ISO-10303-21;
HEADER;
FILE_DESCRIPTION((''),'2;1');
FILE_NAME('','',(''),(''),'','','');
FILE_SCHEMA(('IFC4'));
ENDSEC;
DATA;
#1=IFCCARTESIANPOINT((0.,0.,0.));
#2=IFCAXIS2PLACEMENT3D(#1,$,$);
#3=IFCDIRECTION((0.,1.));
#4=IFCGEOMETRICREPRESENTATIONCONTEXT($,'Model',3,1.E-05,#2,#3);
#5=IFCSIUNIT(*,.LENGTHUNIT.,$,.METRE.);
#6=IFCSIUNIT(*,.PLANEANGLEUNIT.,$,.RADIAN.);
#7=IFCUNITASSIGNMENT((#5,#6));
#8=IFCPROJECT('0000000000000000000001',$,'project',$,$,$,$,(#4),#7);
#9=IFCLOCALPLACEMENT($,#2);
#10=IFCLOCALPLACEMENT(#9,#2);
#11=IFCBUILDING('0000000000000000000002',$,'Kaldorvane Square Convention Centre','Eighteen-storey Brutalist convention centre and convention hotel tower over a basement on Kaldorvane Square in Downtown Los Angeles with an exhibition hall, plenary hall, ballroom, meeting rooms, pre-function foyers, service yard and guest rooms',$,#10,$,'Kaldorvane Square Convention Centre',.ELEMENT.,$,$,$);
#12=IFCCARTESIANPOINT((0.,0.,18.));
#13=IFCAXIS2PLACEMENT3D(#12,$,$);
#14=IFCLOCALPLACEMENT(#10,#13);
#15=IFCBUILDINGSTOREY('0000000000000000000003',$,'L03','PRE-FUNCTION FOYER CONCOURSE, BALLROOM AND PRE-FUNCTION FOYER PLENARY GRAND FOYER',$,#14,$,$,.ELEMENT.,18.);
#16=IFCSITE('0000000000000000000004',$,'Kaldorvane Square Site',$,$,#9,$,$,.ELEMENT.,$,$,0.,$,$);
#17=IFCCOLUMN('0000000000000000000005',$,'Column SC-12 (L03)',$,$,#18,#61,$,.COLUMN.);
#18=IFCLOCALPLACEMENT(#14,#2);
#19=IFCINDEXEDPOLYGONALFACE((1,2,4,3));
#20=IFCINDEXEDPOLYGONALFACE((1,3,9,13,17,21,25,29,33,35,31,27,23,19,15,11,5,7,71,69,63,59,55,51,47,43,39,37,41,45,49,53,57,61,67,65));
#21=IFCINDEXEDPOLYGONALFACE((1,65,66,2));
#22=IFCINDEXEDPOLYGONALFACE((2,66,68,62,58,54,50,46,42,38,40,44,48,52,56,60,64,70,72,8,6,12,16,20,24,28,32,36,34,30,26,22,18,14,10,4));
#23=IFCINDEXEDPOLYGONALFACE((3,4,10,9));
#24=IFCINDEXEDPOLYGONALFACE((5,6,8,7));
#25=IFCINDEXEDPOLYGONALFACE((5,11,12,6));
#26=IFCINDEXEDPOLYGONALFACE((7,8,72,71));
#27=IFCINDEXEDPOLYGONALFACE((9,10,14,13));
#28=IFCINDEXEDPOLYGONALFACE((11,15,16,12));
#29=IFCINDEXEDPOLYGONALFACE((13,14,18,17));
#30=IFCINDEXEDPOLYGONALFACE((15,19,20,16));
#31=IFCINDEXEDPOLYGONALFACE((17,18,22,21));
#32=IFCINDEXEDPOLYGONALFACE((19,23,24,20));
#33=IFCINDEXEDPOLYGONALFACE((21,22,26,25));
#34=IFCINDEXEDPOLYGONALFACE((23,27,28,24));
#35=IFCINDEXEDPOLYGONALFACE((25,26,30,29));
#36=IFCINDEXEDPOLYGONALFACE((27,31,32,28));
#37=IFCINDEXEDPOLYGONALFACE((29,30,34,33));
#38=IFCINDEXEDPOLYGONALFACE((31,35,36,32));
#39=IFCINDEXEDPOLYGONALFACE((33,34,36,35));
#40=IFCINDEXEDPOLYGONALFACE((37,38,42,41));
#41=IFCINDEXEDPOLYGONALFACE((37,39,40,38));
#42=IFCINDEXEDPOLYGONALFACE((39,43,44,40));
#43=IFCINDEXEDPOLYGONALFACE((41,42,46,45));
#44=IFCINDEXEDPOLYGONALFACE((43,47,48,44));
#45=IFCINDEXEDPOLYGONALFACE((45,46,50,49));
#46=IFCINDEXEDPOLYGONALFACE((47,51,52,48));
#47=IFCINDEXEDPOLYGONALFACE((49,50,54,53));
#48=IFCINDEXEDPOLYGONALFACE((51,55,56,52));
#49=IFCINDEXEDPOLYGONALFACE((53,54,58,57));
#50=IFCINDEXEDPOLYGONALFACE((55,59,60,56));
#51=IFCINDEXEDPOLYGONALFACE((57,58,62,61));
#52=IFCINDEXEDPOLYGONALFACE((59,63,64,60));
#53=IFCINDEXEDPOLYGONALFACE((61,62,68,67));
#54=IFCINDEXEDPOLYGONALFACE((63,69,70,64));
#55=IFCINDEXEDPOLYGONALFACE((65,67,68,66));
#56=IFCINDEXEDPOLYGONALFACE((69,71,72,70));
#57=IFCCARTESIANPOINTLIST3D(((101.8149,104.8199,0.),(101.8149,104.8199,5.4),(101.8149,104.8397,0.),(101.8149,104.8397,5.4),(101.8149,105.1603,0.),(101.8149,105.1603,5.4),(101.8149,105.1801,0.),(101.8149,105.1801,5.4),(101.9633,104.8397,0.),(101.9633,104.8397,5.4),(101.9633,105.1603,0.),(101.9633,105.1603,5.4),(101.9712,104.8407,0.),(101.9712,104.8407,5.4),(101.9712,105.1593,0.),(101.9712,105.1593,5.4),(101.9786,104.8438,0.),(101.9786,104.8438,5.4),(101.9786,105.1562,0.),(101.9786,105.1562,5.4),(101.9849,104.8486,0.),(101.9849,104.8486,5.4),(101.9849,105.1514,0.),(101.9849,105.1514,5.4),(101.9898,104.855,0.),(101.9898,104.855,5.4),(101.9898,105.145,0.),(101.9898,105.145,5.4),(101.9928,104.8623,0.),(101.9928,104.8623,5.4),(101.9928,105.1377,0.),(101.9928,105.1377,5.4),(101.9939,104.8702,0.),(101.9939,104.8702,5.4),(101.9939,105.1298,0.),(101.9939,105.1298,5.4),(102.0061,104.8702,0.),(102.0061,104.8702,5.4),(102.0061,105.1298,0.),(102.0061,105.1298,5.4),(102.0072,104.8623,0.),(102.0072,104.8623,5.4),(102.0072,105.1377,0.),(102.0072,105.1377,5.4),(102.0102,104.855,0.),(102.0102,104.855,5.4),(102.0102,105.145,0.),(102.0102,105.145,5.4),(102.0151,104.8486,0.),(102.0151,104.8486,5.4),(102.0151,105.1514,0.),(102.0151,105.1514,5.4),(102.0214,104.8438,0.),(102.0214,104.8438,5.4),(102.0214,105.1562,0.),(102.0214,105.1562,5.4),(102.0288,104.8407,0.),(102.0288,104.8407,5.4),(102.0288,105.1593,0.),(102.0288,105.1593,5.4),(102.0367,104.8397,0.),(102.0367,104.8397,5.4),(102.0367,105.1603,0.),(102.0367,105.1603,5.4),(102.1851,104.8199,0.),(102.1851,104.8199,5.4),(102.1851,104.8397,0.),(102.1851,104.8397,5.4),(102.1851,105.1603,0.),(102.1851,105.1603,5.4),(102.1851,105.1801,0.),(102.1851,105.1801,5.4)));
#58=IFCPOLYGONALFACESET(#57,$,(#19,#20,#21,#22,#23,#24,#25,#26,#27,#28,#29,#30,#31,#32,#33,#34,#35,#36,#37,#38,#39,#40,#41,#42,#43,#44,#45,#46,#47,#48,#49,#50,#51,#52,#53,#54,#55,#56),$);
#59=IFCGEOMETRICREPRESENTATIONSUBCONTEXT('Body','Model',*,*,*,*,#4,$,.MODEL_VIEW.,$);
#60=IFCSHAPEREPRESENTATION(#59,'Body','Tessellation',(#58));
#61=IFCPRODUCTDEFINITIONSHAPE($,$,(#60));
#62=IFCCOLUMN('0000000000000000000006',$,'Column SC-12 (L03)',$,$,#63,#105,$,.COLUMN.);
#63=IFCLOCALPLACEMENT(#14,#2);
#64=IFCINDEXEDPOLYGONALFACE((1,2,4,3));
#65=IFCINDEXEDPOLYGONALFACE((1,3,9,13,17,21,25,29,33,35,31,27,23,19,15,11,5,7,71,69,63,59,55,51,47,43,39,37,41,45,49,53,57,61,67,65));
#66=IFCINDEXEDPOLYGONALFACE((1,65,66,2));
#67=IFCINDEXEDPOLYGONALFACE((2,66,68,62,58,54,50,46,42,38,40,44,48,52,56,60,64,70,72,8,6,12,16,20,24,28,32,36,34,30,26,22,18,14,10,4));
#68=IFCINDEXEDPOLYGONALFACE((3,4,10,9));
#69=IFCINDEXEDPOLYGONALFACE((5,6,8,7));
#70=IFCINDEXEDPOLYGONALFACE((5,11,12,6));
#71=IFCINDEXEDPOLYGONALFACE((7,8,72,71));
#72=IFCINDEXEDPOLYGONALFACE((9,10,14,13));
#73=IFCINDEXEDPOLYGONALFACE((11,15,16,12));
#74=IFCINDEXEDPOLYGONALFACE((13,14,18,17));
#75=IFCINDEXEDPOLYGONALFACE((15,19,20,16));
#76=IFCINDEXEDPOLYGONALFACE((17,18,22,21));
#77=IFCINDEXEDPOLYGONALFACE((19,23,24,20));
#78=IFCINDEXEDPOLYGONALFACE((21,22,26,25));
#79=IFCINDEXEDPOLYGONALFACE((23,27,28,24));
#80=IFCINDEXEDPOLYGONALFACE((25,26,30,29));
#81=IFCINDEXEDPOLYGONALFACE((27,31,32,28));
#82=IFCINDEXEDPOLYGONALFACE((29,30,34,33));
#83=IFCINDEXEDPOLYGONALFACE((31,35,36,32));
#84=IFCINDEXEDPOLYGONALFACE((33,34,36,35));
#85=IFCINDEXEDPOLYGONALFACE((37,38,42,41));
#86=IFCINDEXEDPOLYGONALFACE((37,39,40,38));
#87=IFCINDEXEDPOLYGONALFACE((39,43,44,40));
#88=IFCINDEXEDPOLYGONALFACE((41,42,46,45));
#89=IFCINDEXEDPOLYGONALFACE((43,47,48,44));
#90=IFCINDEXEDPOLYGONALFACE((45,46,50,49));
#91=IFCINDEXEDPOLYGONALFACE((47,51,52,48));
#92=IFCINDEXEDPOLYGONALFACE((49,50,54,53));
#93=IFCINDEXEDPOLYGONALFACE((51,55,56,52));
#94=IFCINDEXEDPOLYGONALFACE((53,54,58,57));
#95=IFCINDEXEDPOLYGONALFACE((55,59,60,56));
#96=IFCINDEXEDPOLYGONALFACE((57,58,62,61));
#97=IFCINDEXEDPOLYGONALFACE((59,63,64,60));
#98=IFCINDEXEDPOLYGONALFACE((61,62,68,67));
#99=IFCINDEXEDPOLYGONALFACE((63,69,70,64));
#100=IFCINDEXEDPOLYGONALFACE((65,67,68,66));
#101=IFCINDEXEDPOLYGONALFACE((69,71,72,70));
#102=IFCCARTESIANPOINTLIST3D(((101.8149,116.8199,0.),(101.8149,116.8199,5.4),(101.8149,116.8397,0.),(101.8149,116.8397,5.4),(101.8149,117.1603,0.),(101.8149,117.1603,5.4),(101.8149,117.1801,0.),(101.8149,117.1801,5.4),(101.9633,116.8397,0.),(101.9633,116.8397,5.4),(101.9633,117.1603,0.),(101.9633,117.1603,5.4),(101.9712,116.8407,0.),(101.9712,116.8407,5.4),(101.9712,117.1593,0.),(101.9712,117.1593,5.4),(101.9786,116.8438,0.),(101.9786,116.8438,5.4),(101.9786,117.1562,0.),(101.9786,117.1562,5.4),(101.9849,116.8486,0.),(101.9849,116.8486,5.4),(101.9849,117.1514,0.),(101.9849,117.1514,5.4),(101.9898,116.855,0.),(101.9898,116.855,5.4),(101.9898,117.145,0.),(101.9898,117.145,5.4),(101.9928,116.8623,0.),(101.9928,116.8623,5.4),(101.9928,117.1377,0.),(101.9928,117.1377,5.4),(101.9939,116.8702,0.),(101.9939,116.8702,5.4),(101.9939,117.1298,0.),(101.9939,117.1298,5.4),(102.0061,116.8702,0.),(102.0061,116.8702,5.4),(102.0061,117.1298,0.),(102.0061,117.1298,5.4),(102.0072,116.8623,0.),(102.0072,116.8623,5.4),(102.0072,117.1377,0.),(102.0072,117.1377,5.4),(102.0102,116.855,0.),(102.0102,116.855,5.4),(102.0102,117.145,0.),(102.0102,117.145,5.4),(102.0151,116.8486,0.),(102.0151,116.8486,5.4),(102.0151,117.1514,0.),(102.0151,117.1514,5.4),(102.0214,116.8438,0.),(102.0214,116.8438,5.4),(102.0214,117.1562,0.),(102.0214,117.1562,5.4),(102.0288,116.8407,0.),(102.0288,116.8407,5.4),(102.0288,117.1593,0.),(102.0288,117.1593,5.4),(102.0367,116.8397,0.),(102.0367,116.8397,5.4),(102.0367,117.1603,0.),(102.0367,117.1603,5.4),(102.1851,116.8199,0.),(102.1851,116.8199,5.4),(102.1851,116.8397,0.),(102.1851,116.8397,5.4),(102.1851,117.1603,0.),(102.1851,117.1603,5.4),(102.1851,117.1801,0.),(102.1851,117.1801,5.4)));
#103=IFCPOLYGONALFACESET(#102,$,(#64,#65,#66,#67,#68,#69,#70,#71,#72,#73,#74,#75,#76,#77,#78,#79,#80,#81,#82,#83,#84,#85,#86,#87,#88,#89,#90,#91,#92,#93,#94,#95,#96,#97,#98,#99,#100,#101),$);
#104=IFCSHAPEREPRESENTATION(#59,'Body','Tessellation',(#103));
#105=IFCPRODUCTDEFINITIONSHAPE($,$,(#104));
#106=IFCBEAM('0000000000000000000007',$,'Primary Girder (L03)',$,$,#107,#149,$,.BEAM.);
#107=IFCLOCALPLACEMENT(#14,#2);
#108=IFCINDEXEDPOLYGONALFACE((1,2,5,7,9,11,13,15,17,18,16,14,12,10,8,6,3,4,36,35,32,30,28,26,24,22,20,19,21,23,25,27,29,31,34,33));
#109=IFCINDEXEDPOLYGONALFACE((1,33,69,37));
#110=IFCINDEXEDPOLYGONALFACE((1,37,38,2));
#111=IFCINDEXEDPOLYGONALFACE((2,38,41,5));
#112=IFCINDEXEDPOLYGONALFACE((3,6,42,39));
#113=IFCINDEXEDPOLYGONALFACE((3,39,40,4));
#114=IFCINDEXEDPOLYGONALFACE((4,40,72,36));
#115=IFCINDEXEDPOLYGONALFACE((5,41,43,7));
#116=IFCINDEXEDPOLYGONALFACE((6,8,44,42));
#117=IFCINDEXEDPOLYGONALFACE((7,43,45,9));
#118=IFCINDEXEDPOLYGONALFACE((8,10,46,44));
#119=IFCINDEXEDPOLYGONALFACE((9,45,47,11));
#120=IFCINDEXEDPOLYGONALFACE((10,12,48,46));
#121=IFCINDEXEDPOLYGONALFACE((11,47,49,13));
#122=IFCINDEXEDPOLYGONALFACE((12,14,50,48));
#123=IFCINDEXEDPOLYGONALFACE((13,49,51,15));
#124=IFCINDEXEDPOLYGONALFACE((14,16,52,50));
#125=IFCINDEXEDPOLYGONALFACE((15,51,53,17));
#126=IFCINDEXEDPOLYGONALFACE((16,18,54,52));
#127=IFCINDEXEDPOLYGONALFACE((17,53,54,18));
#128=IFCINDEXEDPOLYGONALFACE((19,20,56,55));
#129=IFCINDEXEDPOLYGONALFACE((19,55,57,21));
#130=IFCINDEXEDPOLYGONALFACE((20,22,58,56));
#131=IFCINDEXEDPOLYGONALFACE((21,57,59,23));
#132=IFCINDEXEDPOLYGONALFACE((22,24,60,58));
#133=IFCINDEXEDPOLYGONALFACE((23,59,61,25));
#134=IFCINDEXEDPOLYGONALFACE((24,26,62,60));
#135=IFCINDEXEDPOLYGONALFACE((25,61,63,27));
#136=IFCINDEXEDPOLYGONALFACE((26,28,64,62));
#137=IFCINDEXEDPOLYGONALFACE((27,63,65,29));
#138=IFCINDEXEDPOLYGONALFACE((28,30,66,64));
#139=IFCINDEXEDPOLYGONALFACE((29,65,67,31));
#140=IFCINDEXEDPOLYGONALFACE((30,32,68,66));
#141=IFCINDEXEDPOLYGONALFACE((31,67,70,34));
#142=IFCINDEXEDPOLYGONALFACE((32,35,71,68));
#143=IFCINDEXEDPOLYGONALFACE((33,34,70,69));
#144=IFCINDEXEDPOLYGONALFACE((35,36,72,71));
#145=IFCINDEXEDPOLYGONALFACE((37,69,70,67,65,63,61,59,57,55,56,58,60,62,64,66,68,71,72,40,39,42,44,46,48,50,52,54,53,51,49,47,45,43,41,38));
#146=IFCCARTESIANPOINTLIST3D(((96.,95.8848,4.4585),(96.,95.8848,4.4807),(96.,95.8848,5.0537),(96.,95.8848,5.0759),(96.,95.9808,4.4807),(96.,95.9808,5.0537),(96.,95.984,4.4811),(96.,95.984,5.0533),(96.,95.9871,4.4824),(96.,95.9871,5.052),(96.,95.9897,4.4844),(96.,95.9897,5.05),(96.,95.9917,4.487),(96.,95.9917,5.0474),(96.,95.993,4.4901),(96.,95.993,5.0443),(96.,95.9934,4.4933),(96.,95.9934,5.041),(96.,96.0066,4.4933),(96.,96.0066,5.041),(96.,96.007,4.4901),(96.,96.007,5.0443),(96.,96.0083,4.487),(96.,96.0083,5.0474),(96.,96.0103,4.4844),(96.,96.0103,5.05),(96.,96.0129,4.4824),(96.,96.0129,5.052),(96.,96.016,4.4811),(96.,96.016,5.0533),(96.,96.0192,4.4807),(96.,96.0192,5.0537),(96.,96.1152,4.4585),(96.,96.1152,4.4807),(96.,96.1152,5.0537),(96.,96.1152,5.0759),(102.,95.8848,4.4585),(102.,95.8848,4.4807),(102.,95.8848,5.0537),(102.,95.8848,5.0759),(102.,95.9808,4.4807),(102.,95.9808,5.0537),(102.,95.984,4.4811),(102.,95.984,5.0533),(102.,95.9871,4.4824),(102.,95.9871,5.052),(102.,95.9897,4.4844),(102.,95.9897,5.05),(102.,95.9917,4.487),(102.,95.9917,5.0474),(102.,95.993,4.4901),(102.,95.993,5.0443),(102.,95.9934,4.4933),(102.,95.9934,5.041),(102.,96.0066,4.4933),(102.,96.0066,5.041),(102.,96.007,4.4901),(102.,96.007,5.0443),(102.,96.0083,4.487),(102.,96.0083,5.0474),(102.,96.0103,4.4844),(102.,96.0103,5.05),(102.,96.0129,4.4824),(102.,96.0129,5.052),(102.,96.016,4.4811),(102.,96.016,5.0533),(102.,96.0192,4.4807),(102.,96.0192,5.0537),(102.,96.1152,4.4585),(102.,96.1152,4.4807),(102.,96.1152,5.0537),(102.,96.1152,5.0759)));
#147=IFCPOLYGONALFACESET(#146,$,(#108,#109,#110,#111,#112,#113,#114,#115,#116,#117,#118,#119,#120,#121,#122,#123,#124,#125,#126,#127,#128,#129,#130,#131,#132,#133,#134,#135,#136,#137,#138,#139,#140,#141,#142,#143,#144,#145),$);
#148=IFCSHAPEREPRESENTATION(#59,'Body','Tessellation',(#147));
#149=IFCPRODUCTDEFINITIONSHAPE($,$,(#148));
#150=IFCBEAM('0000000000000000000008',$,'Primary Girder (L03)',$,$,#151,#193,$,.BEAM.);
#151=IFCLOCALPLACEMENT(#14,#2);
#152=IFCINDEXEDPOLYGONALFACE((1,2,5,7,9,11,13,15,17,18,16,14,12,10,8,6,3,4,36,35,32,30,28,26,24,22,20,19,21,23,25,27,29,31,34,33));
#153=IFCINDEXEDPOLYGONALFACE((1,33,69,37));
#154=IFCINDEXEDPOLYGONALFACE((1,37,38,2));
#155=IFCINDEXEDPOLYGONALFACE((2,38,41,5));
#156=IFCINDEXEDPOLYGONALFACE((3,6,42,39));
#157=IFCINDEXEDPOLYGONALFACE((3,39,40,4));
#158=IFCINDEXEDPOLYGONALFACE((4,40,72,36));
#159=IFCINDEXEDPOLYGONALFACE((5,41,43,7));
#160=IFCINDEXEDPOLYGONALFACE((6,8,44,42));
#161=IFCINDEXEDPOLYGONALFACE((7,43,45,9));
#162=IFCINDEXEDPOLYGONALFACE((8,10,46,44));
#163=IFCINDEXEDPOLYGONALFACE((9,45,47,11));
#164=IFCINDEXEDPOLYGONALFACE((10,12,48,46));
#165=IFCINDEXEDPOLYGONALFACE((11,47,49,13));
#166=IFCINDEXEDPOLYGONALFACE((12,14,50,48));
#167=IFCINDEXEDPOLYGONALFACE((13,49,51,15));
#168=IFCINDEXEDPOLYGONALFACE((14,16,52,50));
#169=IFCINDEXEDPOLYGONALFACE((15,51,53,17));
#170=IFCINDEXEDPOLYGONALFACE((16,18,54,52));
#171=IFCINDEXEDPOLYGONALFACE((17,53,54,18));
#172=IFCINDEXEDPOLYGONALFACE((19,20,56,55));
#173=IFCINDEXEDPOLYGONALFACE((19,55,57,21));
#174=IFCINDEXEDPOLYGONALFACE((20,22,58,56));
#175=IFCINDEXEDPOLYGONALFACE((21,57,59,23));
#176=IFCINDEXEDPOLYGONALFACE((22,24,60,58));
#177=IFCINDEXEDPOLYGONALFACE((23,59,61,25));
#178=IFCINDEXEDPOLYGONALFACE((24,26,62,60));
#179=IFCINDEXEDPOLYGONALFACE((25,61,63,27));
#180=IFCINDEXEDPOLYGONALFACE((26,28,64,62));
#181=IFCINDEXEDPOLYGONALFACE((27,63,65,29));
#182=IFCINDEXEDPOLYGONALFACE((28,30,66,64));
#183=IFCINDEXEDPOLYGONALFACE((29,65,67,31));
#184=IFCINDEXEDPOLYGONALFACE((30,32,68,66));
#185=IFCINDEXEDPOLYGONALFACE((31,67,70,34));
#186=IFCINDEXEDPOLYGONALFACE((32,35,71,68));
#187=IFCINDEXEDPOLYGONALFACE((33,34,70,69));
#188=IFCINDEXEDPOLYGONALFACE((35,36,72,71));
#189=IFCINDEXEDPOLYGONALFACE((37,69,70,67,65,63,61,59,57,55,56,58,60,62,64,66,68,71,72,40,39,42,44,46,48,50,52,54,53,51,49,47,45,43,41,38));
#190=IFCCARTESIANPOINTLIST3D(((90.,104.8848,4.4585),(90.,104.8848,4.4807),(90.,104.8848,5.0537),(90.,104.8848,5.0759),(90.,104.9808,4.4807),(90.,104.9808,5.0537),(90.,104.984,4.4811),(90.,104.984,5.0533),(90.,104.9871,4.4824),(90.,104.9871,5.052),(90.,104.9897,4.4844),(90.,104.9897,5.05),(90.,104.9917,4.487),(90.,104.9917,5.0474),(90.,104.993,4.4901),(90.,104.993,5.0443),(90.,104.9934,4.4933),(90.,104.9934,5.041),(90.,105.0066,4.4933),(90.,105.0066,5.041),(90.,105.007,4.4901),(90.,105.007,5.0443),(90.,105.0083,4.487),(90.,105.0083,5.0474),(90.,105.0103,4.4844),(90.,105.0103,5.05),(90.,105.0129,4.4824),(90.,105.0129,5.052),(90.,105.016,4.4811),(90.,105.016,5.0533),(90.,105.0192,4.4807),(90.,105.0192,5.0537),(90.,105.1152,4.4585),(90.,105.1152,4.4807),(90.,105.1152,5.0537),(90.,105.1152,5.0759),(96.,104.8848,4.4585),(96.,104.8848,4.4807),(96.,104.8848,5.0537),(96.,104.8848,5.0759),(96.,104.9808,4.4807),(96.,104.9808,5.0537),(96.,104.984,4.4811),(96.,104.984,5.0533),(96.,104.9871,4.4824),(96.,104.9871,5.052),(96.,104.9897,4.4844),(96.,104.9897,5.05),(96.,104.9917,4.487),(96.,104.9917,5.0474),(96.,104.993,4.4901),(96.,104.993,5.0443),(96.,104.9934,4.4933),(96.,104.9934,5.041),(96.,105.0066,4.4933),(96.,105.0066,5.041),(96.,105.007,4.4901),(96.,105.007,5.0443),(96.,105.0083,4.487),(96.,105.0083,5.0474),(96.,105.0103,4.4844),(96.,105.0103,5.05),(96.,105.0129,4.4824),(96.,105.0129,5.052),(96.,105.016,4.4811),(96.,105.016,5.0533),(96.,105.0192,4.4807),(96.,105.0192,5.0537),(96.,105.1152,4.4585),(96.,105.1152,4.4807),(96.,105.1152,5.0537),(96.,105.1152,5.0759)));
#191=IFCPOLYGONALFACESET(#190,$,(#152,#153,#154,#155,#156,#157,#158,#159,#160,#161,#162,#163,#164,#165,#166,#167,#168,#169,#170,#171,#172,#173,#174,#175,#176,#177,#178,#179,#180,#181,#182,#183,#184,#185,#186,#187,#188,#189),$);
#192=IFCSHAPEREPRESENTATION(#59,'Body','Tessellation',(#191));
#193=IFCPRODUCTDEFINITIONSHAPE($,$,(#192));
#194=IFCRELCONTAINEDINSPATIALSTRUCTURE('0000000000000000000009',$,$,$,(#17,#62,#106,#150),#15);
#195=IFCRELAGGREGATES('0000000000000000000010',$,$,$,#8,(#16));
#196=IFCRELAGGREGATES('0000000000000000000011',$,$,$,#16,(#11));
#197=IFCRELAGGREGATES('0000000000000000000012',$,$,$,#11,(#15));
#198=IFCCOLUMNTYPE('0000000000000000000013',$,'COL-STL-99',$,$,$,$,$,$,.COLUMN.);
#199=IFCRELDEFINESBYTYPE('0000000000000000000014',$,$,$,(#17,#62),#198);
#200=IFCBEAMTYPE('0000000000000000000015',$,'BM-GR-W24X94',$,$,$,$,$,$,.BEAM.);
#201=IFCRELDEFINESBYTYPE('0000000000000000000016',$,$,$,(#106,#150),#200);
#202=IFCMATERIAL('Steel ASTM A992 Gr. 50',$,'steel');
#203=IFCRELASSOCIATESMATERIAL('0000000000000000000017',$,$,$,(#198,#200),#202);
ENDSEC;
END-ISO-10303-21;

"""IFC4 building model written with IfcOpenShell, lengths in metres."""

from ifc_helpers import new_model, si_unit, direction, frame, origin, origin_2d, place, context, subcontext, project, spatial, i_section, extrude, material, material_profile, profile_set, type_object, element, save


model = new_model("IFC4")

# Units and contexts
model_context = context("Model", 3, precision=1e-05, world=origin(), true_north=direction((0.0, 1.0)))
body_context = subcontext(model_context, "Body", "Model", "MODEL_VIEW")
ifc_project = project(units=[si_unit("LENGTHUNIT", "METRE"), si_unit("PLANEANGLEUNIT", "RADIAN")], contexts=[model_context])

# Site, building, storey
site_placement = place(None, origin())
site = spatial("IfcSite", under=ifc_project, at=site_placement, Name="Kaldorvane Square Site", CompositionType="ELEMENT", RefElevation=0.0)
building_placement = place(site_placement, origin())
building = spatial("IfcBuilding", under=site, at=building_placement, Name="Kaldorvane Square Convention Centre", Description="Eighteen-storey Brutalist convention centre and convention hotel tower over a basement on Kaldorvane Square in Downtown Los Angeles with an exhibition hall, plenary hall, ballroom, meeting rooms, pre-function foyers, service yard and guest rooms", LongName="Kaldorvane Square Convention Centre", CompositionType="ELEMENT")
storey_placement = place(building_placement, frame((0.0, 0.0, 18.0)))
storey = spatial("IfcBuildingStorey", under=building, at=storey_placement, Name="L03", Description="PRE-FUNCTION FOYER CONCOURSE, BALLROOM AND PRE-FUNCTION FOYER PLENARY GRAND FOYER", CompositionType="ELEMENT", Elevation=18.0)

# Columns
ifc_material_1 = material(Name="Steel ASTM A992 Gr. 50", Category="steel")
ifc_material_profile_1 = material_profile(ifc_material_1, i_section(OverallWidth=0.3701, OverallDepth=0.3602, WebThickness=0.0123, FlangeThickness=0.0198, FilletRadius=0.0305, at=origin_2d()), Name="W14X99")
ifc_profile_set_1 = profile_set([ifc_material_profile_1], Name="Steel ASTM A992 Gr. 50")
column_type_1 = type_object("IfcColumnType", Name="COL-STL-99", PredefinedType="COLUMN", material=ifc_profile_set_1)
for number, where, z_axis, x_axis, name in (
    (1, (102.0, 105.0, 0.0), (0.0, 0.0, 1.0), (1.0, 0.0, 0.0), "Column SC-12 (L03)"),
    (2, (102.0, 117.0, 0.0), (0.0, 0.0, 1.0), (1.0, 0.0, 0.0), "Column SC-12 (L03)"),
):
    element("IfcColumn", number, at=place(storey_placement, frame(where, z_axis=z_axis, x_axis=x_axis)), inside=storey, type_object=column_type_1, Name=name, PredefinedType="COLUMN", context=body_context, shape_type="SweptSolid", body=[
        extrude(i_section(OverallWidth=0.3701, OverallDepth=0.3602, WebThickness=0.0123, FlangeThickness=0.0198, FilletRadius=0.0305, at=origin_2d()), origin(), (0.0, 0.0, 1.0), 5.4),
    ])

# Beams
ifc_material_profile_2 = material_profile(ifc_material_1, i_section(OverallWidth=0.2303, OverallDepth=0.6175, WebThickness=0.0131, FlangeThickness=0.0222, FilletRadius=0.0127, at=origin_2d()), Name="W24X94")
ifc_profile_set_2 = profile_set([ifc_material_profile_2], Name="Steel ASTM A992 Gr. 50")
beam_type_1 = type_object("IfcBeamType", Name="BM-GR-W24X94", PredefinedType="BEAM", material=ifc_profile_set_2)
for number, where, z_axis, x_axis, name in (
    (3, (96.0, 96.0, 4.7672), (1.0, 0.0, 0.0), (0.0, 1.0, 0.0), "Primary Girder (L03)"),
    (4, (90.0, 105.0, 4.7672), (1.0, 0.0, 0.0), (0.0, 1.0, 0.0), "Primary Girder (L03)"),
):
    element("IfcBeam", number, at=place(storey_placement, frame(where, z_axis=z_axis, x_axis=x_axis)), inside=storey, type_object=beam_type_1, Name=name, PredefinedType="BEAM", context=body_context, shape_type="SweptSolid", body=[
        extrude(i_section(OverallWidth=0.2303, OverallDepth=0.6175, WebThickness=0.0131, FlangeThickness=0.0222, FilletRadius=0.0127, at=origin_2d()), origin(), (0.0, 0.0, 1.0), 6.0),
    ])

save(model, "model.ifc")
